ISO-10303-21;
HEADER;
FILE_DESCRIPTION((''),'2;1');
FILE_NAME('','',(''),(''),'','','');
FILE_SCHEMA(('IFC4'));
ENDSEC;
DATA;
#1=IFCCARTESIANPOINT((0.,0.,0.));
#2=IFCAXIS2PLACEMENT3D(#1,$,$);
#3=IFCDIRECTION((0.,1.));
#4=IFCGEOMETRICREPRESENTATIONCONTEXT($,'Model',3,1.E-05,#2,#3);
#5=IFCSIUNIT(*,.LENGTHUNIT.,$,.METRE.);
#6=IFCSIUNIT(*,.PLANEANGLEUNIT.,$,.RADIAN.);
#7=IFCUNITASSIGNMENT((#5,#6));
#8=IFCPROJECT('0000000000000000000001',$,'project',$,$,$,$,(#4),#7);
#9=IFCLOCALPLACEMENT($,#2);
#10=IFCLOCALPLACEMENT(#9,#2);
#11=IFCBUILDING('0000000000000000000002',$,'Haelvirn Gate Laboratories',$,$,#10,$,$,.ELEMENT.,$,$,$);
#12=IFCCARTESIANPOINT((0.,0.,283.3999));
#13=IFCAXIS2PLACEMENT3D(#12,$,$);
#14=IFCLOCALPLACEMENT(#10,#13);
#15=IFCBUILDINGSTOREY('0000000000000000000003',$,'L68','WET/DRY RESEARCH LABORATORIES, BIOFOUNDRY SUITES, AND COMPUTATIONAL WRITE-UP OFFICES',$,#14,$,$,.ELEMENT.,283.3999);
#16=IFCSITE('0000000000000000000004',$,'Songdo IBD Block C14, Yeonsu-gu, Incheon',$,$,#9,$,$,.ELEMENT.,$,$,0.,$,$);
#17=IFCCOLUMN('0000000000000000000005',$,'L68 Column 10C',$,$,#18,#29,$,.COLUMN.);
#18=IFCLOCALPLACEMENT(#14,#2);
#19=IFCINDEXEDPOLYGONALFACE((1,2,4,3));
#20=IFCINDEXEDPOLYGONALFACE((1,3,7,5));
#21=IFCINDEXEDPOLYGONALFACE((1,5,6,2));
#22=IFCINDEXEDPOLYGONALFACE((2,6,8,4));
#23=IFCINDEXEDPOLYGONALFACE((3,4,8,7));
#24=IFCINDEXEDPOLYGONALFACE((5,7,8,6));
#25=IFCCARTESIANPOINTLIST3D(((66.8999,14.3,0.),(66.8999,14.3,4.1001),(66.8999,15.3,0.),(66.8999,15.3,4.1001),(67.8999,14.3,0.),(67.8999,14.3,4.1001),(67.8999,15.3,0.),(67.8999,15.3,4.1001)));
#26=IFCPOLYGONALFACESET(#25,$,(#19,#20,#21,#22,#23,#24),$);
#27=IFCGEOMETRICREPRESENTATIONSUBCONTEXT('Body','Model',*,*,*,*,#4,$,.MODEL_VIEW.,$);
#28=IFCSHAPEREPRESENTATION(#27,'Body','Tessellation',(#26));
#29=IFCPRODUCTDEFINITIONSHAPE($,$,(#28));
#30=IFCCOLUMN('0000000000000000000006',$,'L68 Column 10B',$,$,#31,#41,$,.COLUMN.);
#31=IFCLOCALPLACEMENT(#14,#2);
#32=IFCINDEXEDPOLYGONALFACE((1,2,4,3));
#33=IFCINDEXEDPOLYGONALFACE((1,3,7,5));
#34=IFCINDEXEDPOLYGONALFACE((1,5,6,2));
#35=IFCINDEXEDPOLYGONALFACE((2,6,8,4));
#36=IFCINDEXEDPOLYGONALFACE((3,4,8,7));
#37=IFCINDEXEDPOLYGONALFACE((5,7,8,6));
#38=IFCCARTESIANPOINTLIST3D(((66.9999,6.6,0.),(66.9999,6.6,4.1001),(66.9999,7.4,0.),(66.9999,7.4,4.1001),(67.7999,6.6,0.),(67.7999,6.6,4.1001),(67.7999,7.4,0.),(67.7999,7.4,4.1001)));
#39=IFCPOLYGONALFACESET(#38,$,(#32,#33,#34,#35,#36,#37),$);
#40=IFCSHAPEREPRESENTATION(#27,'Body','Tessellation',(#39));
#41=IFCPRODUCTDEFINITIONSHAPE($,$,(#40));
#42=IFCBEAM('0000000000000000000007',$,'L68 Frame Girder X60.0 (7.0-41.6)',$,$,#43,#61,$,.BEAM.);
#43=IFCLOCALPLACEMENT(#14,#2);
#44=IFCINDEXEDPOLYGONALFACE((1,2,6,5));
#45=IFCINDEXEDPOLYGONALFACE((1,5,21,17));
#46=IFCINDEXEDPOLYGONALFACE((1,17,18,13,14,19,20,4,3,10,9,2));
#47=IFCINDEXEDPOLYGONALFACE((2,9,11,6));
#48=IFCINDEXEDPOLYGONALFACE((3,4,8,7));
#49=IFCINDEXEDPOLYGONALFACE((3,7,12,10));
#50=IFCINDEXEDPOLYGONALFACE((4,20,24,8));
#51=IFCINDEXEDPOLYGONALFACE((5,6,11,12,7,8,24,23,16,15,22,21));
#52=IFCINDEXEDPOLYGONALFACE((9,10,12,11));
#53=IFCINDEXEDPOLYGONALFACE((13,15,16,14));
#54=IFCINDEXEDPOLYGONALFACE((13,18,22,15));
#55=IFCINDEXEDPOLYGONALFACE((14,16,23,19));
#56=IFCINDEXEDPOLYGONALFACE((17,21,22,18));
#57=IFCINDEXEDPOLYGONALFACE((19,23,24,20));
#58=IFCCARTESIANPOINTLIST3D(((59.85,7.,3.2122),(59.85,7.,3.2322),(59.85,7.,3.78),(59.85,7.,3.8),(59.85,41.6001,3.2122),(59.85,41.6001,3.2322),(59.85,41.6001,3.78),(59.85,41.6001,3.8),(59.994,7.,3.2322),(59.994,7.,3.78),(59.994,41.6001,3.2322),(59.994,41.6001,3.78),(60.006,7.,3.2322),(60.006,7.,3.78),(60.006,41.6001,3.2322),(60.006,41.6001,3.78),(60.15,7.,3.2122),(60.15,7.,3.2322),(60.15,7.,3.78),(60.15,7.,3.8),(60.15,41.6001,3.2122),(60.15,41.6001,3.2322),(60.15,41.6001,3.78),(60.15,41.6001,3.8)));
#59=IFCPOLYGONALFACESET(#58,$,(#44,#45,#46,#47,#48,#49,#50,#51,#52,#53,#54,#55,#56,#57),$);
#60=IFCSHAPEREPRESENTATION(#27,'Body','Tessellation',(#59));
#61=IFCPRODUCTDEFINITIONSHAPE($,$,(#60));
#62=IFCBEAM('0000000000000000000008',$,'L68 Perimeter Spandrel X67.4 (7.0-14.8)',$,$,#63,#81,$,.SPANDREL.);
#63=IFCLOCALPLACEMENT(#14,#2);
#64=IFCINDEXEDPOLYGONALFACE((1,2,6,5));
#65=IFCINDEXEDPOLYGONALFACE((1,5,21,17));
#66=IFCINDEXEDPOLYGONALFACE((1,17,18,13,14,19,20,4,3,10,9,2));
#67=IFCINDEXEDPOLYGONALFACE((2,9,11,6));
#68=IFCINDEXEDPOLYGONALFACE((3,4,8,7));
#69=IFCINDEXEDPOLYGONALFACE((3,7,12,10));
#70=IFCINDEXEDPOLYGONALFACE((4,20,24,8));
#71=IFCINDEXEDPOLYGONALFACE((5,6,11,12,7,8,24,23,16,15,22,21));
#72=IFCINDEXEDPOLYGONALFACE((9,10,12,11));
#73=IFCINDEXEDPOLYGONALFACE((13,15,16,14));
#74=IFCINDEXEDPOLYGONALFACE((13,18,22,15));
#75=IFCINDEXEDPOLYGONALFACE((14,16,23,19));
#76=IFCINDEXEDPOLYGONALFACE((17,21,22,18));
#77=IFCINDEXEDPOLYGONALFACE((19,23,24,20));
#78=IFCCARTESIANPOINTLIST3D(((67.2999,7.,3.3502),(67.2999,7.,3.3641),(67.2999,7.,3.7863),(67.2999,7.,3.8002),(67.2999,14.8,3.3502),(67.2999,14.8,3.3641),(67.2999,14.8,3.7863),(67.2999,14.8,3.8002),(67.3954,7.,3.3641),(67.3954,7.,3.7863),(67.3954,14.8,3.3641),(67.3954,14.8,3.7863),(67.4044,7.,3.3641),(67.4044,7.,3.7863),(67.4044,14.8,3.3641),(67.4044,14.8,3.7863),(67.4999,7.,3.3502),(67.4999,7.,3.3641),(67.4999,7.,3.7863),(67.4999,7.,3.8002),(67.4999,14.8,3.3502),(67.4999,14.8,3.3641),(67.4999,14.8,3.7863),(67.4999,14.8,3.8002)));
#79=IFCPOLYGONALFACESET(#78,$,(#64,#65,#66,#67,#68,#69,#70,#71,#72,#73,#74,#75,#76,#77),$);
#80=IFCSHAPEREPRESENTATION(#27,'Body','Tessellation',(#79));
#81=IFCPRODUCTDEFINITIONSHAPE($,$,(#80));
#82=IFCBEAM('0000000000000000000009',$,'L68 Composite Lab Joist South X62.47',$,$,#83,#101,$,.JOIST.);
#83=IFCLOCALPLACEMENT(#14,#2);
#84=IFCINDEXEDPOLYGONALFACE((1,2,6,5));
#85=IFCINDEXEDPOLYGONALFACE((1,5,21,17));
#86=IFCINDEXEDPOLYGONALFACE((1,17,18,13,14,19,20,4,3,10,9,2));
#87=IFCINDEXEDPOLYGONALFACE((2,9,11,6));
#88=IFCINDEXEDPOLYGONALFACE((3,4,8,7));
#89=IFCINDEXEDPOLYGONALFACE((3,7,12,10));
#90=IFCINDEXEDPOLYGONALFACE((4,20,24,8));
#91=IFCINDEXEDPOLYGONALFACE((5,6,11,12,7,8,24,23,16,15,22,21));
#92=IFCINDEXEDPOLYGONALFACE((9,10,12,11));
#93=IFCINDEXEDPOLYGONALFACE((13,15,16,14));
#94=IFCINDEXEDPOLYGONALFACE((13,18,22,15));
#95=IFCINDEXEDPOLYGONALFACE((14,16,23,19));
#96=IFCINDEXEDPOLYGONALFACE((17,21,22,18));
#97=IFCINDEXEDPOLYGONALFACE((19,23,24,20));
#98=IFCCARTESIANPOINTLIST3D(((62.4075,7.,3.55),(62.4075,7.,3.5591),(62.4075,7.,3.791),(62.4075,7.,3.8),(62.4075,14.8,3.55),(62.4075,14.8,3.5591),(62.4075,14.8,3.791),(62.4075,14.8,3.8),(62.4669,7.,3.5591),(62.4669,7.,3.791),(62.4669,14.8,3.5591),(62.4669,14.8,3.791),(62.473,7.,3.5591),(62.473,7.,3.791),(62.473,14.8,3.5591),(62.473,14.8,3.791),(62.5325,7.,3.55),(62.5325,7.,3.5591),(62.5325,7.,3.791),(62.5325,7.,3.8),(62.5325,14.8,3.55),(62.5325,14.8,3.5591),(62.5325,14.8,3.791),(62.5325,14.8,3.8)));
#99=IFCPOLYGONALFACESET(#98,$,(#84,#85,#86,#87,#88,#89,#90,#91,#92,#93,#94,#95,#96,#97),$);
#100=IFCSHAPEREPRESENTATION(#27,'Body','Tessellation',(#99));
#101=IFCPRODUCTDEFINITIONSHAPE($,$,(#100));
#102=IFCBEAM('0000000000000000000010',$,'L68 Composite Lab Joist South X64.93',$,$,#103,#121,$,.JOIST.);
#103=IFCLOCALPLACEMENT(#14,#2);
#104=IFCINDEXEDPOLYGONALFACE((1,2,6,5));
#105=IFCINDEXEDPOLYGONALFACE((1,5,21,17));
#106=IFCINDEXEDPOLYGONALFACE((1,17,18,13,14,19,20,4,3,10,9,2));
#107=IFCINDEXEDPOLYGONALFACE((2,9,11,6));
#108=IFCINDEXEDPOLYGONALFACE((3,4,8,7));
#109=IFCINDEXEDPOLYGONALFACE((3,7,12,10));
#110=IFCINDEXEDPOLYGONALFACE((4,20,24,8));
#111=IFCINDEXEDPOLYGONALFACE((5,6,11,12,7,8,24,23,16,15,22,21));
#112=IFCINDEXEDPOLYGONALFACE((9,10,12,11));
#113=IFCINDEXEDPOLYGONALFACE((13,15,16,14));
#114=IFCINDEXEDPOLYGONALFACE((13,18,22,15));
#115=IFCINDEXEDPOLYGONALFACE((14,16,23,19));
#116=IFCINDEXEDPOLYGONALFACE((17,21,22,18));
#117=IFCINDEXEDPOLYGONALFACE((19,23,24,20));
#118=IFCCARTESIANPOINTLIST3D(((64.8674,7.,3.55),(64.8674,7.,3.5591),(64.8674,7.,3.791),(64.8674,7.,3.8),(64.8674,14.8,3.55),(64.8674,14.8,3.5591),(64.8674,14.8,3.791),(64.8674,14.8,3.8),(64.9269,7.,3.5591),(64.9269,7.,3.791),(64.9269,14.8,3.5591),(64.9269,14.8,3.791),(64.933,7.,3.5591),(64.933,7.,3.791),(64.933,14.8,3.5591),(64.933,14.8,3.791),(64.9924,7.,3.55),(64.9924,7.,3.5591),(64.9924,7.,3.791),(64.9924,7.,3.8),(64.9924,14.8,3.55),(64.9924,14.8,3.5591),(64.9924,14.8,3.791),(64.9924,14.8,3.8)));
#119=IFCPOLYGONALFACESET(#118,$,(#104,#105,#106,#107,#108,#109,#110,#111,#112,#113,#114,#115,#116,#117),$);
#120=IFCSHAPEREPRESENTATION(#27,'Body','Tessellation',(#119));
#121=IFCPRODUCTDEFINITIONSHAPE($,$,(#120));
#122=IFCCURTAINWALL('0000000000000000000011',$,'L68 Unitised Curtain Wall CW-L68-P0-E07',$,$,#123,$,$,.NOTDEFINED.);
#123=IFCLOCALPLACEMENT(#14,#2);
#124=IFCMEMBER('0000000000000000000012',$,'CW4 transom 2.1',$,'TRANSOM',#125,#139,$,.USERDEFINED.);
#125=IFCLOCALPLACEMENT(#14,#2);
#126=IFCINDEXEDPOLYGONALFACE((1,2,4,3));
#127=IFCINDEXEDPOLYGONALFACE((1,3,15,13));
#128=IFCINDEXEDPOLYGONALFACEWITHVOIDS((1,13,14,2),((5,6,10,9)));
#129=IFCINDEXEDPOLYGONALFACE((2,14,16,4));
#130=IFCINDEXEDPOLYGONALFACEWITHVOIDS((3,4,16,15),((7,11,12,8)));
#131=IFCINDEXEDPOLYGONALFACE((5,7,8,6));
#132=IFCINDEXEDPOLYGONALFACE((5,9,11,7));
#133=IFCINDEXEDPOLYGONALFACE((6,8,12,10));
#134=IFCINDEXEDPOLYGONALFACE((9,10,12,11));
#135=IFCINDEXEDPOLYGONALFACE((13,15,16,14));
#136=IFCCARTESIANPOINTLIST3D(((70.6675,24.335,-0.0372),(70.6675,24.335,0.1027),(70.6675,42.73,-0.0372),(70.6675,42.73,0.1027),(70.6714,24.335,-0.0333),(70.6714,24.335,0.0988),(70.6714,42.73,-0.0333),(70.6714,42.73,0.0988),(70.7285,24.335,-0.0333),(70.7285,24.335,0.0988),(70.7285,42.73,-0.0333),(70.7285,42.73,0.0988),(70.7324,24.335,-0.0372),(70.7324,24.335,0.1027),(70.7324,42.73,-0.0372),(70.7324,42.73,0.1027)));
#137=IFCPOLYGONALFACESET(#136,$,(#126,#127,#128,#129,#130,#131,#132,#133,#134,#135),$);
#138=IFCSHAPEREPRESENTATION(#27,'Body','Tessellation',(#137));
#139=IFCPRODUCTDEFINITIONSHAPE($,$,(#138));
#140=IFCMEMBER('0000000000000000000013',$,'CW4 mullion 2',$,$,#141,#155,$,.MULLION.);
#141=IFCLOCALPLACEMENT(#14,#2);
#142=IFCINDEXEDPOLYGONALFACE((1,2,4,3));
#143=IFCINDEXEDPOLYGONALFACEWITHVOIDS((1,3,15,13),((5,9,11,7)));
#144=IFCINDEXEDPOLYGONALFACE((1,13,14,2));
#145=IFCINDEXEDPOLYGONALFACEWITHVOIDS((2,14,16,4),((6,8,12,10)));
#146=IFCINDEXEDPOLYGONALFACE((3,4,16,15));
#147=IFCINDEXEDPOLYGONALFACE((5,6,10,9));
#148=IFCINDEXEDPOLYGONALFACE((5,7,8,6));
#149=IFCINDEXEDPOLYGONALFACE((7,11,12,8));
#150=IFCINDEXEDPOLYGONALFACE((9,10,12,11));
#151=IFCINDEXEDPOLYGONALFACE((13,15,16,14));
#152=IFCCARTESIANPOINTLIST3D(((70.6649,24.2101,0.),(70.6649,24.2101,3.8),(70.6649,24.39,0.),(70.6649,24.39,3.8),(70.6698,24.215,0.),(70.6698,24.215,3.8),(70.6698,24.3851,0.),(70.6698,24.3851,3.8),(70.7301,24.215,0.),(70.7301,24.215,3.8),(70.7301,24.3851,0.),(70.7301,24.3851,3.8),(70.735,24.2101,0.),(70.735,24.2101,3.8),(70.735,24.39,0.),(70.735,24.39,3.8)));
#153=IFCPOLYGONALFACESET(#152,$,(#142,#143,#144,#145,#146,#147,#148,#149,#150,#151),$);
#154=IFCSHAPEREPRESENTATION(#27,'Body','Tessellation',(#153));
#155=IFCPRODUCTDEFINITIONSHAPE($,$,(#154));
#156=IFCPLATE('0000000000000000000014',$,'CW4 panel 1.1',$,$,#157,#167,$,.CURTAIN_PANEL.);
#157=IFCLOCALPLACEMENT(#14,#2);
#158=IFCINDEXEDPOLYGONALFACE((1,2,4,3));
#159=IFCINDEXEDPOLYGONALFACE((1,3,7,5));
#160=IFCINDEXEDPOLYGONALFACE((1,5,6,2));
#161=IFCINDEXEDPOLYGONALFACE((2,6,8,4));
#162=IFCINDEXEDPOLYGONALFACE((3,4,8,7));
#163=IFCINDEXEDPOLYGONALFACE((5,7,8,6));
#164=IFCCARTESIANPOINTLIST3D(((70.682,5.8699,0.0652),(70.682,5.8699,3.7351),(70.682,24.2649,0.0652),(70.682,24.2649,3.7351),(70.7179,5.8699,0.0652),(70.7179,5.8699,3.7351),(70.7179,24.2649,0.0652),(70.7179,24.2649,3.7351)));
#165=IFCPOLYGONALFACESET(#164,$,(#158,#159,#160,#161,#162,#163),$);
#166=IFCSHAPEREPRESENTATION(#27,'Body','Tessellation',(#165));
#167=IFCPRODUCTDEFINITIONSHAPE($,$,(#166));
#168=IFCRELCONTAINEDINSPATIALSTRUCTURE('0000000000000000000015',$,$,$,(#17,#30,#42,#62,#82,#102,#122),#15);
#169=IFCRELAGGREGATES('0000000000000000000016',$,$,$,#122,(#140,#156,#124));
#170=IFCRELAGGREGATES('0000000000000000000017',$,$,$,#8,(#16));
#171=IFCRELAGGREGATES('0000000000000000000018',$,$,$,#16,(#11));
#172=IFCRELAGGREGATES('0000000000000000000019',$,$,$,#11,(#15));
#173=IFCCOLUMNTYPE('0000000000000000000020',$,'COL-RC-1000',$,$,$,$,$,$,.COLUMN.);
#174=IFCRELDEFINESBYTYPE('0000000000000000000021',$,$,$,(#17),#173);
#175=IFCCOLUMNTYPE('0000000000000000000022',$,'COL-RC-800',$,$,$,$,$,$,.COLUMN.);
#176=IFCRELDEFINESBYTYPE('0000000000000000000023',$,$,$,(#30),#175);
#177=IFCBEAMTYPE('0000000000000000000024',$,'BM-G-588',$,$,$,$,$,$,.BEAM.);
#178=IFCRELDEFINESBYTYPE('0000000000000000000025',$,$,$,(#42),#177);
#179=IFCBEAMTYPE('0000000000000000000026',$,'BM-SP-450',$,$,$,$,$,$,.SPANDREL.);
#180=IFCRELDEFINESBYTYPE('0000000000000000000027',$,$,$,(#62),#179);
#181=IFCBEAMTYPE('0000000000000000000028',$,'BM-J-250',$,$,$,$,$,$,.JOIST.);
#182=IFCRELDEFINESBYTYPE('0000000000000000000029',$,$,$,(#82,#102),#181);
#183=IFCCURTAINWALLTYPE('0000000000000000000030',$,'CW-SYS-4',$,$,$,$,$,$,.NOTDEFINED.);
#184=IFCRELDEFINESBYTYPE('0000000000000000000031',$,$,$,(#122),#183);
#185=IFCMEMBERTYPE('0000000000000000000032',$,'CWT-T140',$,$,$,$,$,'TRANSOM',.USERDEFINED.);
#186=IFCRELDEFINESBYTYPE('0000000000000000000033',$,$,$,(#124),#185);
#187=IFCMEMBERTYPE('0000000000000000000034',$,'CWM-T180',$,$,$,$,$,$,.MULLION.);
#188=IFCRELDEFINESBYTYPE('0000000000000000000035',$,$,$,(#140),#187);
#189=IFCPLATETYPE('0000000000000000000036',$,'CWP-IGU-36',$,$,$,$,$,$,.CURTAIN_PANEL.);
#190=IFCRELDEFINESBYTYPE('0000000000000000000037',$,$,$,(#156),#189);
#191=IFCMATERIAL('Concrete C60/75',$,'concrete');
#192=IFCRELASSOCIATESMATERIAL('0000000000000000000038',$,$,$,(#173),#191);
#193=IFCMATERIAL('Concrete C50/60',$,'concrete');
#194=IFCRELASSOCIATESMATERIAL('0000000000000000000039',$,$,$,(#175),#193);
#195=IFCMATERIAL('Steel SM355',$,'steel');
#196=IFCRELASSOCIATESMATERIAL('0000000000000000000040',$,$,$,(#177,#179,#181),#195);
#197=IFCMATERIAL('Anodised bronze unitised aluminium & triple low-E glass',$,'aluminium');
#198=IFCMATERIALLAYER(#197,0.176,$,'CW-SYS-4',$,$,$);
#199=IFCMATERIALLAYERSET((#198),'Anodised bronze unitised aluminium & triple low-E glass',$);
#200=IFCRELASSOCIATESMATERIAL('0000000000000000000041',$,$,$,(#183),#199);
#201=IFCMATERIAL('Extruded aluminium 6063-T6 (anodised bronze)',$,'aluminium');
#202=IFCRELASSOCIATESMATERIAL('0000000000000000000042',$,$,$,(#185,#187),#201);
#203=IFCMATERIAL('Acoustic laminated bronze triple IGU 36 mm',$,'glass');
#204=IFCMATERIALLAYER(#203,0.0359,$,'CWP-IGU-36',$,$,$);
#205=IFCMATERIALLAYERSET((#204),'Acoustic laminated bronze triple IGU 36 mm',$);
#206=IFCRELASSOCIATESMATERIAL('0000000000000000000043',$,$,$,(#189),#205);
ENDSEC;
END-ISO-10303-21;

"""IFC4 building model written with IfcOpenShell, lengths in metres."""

from ifc_helpers import new_model, si_unit, direction, frame, origin, origin_2d, place, context, subcontext, project, spatial, rectangle, hollow_rectangle, i_section, extrude, source, transform, mapped, material, layer, layer_set, material_profile, profile_set, type_object, type_shapes, element, aggregate, save


model = new_model("IFC4")

# Units and contexts
model_context = context("Model", 3, precision=1e-05, world=origin(), true_north=direction((0.0, 1.0)))
body_context = subcontext(model_context, "Body", "Model", "MODEL_VIEW")
ifc_project = project(units=[si_unit("LENGTHUNIT", "METRE"), si_unit("PLANEANGLEUNIT", "RADIAN")], contexts=[model_context])

# Site, building, storey
site_placement = place(None, origin())
site = spatial("IfcSite", under=ifc_project, at=site_placement, Name="Songdo IBD Block C14, Yeonsu-gu, Incheon", CompositionType="ELEMENT", RefElevation=0.0)
building_placement = place(site_placement, origin())
building = spatial("IfcBuilding", under=site, at=building_placement, Name="Haelvirn Gate Laboratories", CompositionType="ELEMENT")
storey_placement = place(building_placement, frame((0.0, 0.0, 283.3999)))
storey = spatial("IfcBuildingStorey", under=building, at=storey_placement, Name="L68", Description="WET/DRY RESEARCH LABORATORIES, BIOFOUNDRY SUITES, AND COMPUTATIONAL WRITE-UP OFFICES", CompositionType="ELEMENT", Elevation=283.3999)

# Columns
ifc_material_1 = material(Name="Concrete C60/75", Category="concrete")
ifc_material_profile_1 = material_profile(ifc_material_1, rectangle(XDim=1.0, YDim=1.0, at=origin_2d()), Name="RC-1000x1000")
ifc_profile_set_1 = profile_set([ifc_material_profile_1], Name="Concrete C60/75")
column_type_1 = type_object("IfcColumnType", Name="COL-RC-1000", PredefinedType="COLUMN", material=ifc_profile_set_1)
shared_shape_1 = source(origin(), body_context, "Body", "SweptSolid", [
    extrude(rectangle(XDim=1.0, YDim=1.0, at=origin_2d()), origin(), (0.0, 0.0, 1.0), 4.1001),
])
type_shapes(column_type_1, [shared_shape_1])
column_1_placement = place(storey_placement, frame((67.3999, 14.8, 0.0), z_axis=(0.0, 0.0, 1.0), x_axis=(1.0, 0.0, 0.0)))
element("IfcColumn", 1, at=column_1_placement, inside=storey, type_object=column_type_1, Name="L68 Column 10C", PredefinedType="COLUMN", context=body_context, shape_type="MappedRepresentation", body=[
    mapped(shared_shape_1, transform((0.0, 0.0, 0.0), scale=1.0)),
])
ifc_material_2 = material(Name="Concrete C50/60", Category="concrete")
ifc_material_profile_2 = material_profile(ifc_material_2, rectangle(XDim=0.8, YDim=0.8, at=origin_2d()), Name="RC-800x800")
ifc_profile_set_2 = profile_set([ifc_material_profile_2], Name="Concrete C50/60")
column_type_2 = type_object("IfcColumnType", Name="COL-RC-800", PredefinedType="COLUMN", material=ifc_profile_set_2)
shared_shape_2 = source(origin(), body_context, "Body", "SweptSolid", [
    extrude(rectangle(XDim=0.8, YDim=0.8, at=origin_2d()), origin(), (0.0, 0.0, 1.0), 4.1001),
])
type_shapes(column_type_2, [shared_shape_2])
column_2_placement = place(storey_placement, frame((67.3999, 7.0, 0.0), z_axis=(0.0, 0.0, 1.0), x_axis=(1.0, 0.0, 0.0)))
element("IfcColumn", 2, at=column_2_placement, inside=storey, type_object=column_type_2, Name="L68 Column 10B", PredefinedType="COLUMN", context=body_context, shape_type="MappedRepresentation", body=[
    mapped(shared_shape_2, transform((0.0, 0.0, 0.0), scale=1.0)),
])

# Beams
ifc_material_3 = material(Name="Steel SM355", Category="steel")
ifc_material_profile_3 = material_profile(ifc_material_3, i_section(OverallWidth=0.3, OverallDepth=0.5879, WebThickness=0.012, FlangeThickness=0.02, at=origin_2d()), Name="H-588x300x12x20")
ifc_profile_set_3 = profile_set([ifc_material_profile_3], Name="Steel SM355")
beam_type_1 = type_object("IfcBeamType", Name="BM-G-588", PredefinedType="BEAM", material=ifc_profile_set_3)
shared_shape_3 = source(origin(), body_context, "Body", "SweptSolid", [
    extrude(i_section(OverallWidth=0.3, OverallDepth=0.5879, WebThickness=0.012, FlangeThickness=0.02, at=origin_2d()), origin(), (0.0, 0.0, 1.0), 34.6001),
])
type_shapes(beam_type_1, [shared_shape_3])
beam_1_placement = place(storey_placement, frame((60.0, 7.0, 3.5061), z_axis=(0.0, 1.0, 0.0), x_axis=(-1.0, 0.0, 0.0)))
element("IfcBeam", 3, at=beam_1_placement, inside=storey, type_object=beam_type_1, Name="L68 Frame Girder X60.0 (7.0-41.6)", PredefinedType="BEAM", context=body_context, shape_type="MappedRepresentation", body=[
    mapped(shared_shape_3, transform((0.0, 0.0, 0.0), scale=1.0)),
])
ifc_material_profile_4 = material_profile(ifc_material_3, i_section(OverallWidth=0.2, OverallDepth=0.45, WebThickness=0.009, FlangeThickness=0.0139, at=origin_2d()), Name="H-450x200x9x14")
ifc_profile_set_4 = profile_set([ifc_material_profile_4], Name="Steel SM355")
beam_type_2 = type_object("IfcBeamType", Name="BM-SP-450", PredefinedType="SPANDREL", material=ifc_profile_set_4)
shared_shape_4 = source(origin(), body_context, "Body", "SweptSolid", [
    extrude(i_section(OverallWidth=0.2, OverallDepth=0.45, WebThickness=0.009, FlangeThickness=0.0139, at=origin_2d()), origin(), (0.0, 0.0, 1.0), 7.8),
])
type_shapes(beam_type_2, [shared_shape_4])
beam_2_placement = place(storey_placement, frame((67.3999, 7.0, 3.5752), z_axis=(0.0, 1.0, 0.0), x_axis=(-1.0, 0.0, 0.0)))
element("IfcBeam", 4, at=beam_2_placement, inside=storey, type_object=beam_type_2, Name="L68 Perimeter Spandrel X67.4 (7.0-14.8)", PredefinedType="SPANDREL", context=body_context, shape_type="MappedRepresentation", body=[
    mapped(shared_shape_4, transform((0.0, 0.0, 0.0), scale=1.0)),
])
ifc_material_profile_5 = material_profile(ifc_material_3, i_section(OverallWidth=0.125, OverallDepth=0.25, WebThickness=0.0061, FlangeThickness=0.009, at=origin_2d()), Name="H-250x125x6x9")
ifc_profile_set_5 = profile_set([ifc_material_profile_5], Name="Steel SM355")
beam_type_3 = type_object("IfcBeamType", Name="BM-J-250", PredefinedType="JOIST", material=ifc_profile_set_5)
shared_shape_5 = source(origin(), body_context, "Body", "SweptSolid", [
    extrude(i_section(OverallWidth=0.125, OverallDepth=0.25, WebThickness=0.0061, FlangeThickness=0.009, at=origin_2d()), origin(), (0.0, 0.0, 1.0), 7.8),
])
type_shapes(beam_type_3, [shared_shape_5])
for number, where, z_axis, x_axis, name in (
    (5, (62.47, 7.0, 3.675), (0.0, 1.0, 0.0), (-1.0, 0.0, 0.0), "L68 Composite Lab Joist South X62.47"),
    (6, (64.9299, 7.0, 3.675), (0.0, 1.0, 0.0), (-1.0, 0.0, 0.0), "L68 Composite Lab Joist South X64.93"),
):
    element("IfcBeam", number, at=place(storey_placement, frame(where, z_axis=z_axis, x_axis=x_axis)), inside=storey, type_object=beam_type_3, Name=name, PredefinedType="JOIST", context=body_context, shape_type="MappedRepresentation", body=[
        mapped(shared_shape_5, transform((0.0, 0.0, 0.0), scale=1.0)),
    ])

# Curtain wall, members, plate
ifc_material_4 = material(Name="Anodised bronze unitised aluminium & triple low-E glass", Category="aluminium")
ifc_layer_1 = layer(ifc_material_4, 0.176, Name="CW-SYS-4")
ifc_layer_set_1 = layer_set([ifc_layer_1], Name="Anodised bronze unitised aluminium & triple low-E glass")
curtain_wall_type = type_object("IfcCurtainWallType", Name="CW-SYS-4", PredefinedType="NOTDEFINED", material=ifc_layer_set_1)
curtain_wall_placement = place(storey_placement, origin())
curtain_wall = element("IfcCurtainWall", 7, at=curtain_wall_placement, inside=storey, type_object=curtain_wall_type, Name="L68 Unitised Curtain Wall CW-L68-P0-E07", PredefinedType="NOTDEFINED")
ifc_material_5 = material(Name="Extruded aluminium 6063-T6 (anodised bronze)", Category="aluminium")
ifc_material_profile_6 = material_profile(ifc_material_5, hollow_rectangle(XDim=0.0649, YDim=0.1399, WallThickness=0.0039, at=origin_2d()), Name="CWT-140x65x4")
ifc_profile_set_6 = profile_set([ifc_material_profile_6], Name="Extruded aluminium 6063-T6 (anodised bronze)")
member_type_1 = type_object("IfcMemberType", Name="CWT-T140", ElementType="TRANSOM", PredefinedType="USERDEFINED", material=ifc_profile_set_6)
shared_shape_6 = source(origin(), body_context, "Body", "SweptSolid", [
    extrude(hollow_rectangle(XDim=0.0649, YDim=0.1399, WallThickness=0.0039, at=origin_2d()), origin(), (0.0, 0.0, 1.0), 18.395),
])
type_shapes(member_type_1, [shared_shape_6])
member_1_placement = place(storey_placement, frame((70.7, 24.335, 0.0327), z_axis=(0.0, 1.0, 0.0), x_axis=(-1.0, 0.0, 0.0)))
member_1 = element("IfcMember", 8, at=member_1_placement, type_object=member_type_1, Name="CW4 transom 2.1", ObjectType="TRANSOM", PredefinedType="USERDEFINED", context=body_context, shape_type="MappedRepresentation", body=[
    mapped(shared_shape_6, transform((0.0, 0.0, 0.0), scale=1.0)),
])
ifc_material_profile_7 = material_profile(ifc_material_5, hollow_rectangle(XDim=0.0701, YDim=0.1799, WallThickness=0.0049, at=origin_2d()), Name="CWM-180x70x5")
ifc_profile_set_7 = profile_set([ifc_material_profile_7], Name="Extruded aluminium 6063-T6 (anodised bronze)")
member_type_2 = type_object("IfcMemberType", Name="CWM-T180", PredefinedType="MULLION", material=ifc_profile_set_7)
shared_shape_7 = source(origin(), body_context, "Body", "SweptSolid", [
    extrude(hollow_rectangle(XDim=0.0701, YDim=0.1799, WallThickness=0.0049, at=origin_2d()), origin(), (0.0, 0.0, 1.0), 3.8),
])
type_shapes(member_type_2, [shared_shape_7])
member_2_placement = place(storey_placement, frame((70.7, 24.3, 0.0), z_axis=(0.0, 0.0, 1.0), x_axis=(-1.0, 0.0, 0.0)))
member_2 = element("IfcMember", 9, at=member_2_placement, type_object=member_type_2, Name="CW4 mullion 2", PredefinedType="MULLION", context=body_context, shape_type="MappedRepresentation", body=[
    mapped(shared_shape_7, transform((0.0, 0.0, 0.0), scale=1.0)),
])
ifc_material_6 = material(Name="Acoustic laminated bronze triple IGU 36 mm", Category="glass")
ifc_layer_2 = layer(ifc_material_6, 0.0359, Name="CWP-IGU-36")
ifc_layer_set_2 = layer_set([ifc_layer_2], Name="Acoustic laminated bronze triple IGU 36 mm")
plate_type = type_object("IfcPlateType", Name="CWP-IGU-36", PredefinedType="CURTAIN_PANEL", material=ifc_layer_set_2)
shared_shape_8 = source(origin(), body_context, "Body", "SweptSolid", [
    extrude(rectangle(XDim=18.395, YDim=0.0359, at=origin_2d()), origin(), (0.0, 0.0, 1.0), 3.6699),
])
type_shapes(plate_type, [shared_shape_8])
plate_placement = place(storey_placement, frame((70.7, 15.0674, 0.0652), z_axis=(0.0, 0.0, 1.0), x_axis=(0.0, 1.0, 0.0)))
plate = element("IfcPlate", 10, at=plate_placement, type_object=plate_type, Name="CW4 panel 1.1", PredefinedType="CURTAIN_PANEL", context=body_context, shape_type="MappedRepresentation", body=[
    mapped(shared_shape_8, transform((0.0, 0.0, 0.0), scale=1.0)),
])
aggregate(curtain_wall, [member_2, plate, member_1])

save(model, "model.ifc")
